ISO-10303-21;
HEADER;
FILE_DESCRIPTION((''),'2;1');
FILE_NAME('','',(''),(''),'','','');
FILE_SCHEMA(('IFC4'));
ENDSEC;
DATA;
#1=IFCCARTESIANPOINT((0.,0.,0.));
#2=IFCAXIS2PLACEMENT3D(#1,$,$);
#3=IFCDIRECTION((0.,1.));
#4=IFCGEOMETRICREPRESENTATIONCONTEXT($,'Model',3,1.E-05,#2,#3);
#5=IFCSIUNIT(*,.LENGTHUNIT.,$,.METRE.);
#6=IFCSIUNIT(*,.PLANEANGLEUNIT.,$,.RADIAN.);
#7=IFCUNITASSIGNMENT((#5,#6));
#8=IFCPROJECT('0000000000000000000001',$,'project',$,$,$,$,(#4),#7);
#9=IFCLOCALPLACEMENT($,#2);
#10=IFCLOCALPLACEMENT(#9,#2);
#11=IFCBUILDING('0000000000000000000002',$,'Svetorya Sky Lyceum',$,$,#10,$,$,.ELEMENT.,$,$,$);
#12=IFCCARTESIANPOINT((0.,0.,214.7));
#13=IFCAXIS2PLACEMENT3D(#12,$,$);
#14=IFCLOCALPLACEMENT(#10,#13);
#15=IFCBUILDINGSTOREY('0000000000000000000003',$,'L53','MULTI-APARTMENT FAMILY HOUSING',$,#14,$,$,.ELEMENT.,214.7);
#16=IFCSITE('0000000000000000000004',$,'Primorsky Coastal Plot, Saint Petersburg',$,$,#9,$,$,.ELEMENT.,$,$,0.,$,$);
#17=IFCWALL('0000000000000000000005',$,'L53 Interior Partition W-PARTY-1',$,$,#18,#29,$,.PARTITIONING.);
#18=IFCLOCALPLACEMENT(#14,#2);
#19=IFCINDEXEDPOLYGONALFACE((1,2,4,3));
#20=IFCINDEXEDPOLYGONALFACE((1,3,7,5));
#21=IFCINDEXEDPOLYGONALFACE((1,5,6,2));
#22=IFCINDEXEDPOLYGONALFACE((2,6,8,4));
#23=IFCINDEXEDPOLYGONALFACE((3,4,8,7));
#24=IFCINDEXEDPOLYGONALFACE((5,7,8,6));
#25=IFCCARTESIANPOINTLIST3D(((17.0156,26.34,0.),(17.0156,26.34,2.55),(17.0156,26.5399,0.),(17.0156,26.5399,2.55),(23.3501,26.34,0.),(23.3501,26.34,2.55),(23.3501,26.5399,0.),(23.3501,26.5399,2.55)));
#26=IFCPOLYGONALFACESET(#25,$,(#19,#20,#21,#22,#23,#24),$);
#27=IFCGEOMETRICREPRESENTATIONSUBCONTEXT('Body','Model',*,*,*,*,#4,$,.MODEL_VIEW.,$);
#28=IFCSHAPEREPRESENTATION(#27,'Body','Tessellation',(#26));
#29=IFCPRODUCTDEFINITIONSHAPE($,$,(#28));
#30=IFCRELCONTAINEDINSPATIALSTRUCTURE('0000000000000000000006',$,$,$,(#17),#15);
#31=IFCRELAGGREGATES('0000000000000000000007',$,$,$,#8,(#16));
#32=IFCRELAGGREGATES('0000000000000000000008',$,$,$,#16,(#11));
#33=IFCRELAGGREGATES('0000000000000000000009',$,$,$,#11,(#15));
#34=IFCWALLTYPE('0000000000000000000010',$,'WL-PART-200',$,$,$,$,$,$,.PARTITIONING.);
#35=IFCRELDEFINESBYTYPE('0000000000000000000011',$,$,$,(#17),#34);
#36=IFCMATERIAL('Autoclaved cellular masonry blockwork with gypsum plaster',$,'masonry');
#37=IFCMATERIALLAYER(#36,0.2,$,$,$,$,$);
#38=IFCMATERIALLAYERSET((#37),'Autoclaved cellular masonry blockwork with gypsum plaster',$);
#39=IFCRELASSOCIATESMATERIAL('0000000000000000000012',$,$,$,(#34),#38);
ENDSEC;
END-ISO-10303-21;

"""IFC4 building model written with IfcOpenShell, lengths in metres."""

from ifc_helpers import new_model, si_unit, direction, frame, frame_2d, origin, place, context, subcontext, project, spatial, rectangle, extrude, material, layer, layer_set, type_object, element, save


model = new_model("IFC4")

# Units and contexts
model_context = context("Model", 3, precision=1e-05, world=origin(), true_north=direction((0.0, 1.0)))
body_context = subcontext(model_context, "Body", "Model", "MODEL_VIEW")
ifc_project = project(units=[si_unit("LENGTHUNIT", "METRE"), si_unit("PLANEANGLEUNIT", "RADIAN")], contexts=[model_context])

# Site, building, storey
site_placement = place(None, origin())
site = spatial("IfcSite", under=ifc_project, at=site_placement, Name="Primorsky Coastal Plot, Saint Petersburg", CompositionType="ELEMENT", RefElevation=0.0)
building_placement = place(site_placement, origin())
building = spatial("IfcBuilding", under=site, at=building_placement, Name="Svetorya Sky Lyceum", CompositionType="ELEMENT")
storey_placement = place(building_placement, frame((0.0, 0.0, 214.7)))
storey = spatial("IfcBuildingStorey", under=building, at=storey_placement, Name="L53", Description="MULTI-APARTMENT FAMILY HOUSING", CompositionType="ELEMENT", Elevation=214.7)

# Wall
ifc_material_1 = material(Name="Autoclaved cellular masonry blockwork with gypsum plaster", Category="masonry")
ifc_layer_1 = layer(ifc_material_1, 0.2)
ifc_layer_set_1 = layer_set([ifc_layer_1], Name="Autoclaved cellular masonry blockwork with gypsum plaster")
wall_type_1 = type_object("IfcWallType", Name="WL-PART-200", PredefinedType="PARTITIONING", material=ifc_layer_set_1)
wall_1_placement = place(storey_placement, frame((17.0156, 26.4399, 0.0), z_axis=(0.0, 0.0, 1.0), x_axis=(1.0, 0.0, 0.0)))
element("IfcWall", 1, at=wall_1_placement, inside=storey, type_object=wall_type_1, Name="L53 Interior Partition W-PARTY-1", PredefinedType="PARTITIONING", context=body_context, shape_type="SweptSolid", body=[
    extrude(rectangle(XDim=6.3345, YDim=0.2, at=frame_2d((3.1672, 0.0))), origin(), (0.0, 0.0, 1.0), 2.55),
])

save(model, "model.ifc")
